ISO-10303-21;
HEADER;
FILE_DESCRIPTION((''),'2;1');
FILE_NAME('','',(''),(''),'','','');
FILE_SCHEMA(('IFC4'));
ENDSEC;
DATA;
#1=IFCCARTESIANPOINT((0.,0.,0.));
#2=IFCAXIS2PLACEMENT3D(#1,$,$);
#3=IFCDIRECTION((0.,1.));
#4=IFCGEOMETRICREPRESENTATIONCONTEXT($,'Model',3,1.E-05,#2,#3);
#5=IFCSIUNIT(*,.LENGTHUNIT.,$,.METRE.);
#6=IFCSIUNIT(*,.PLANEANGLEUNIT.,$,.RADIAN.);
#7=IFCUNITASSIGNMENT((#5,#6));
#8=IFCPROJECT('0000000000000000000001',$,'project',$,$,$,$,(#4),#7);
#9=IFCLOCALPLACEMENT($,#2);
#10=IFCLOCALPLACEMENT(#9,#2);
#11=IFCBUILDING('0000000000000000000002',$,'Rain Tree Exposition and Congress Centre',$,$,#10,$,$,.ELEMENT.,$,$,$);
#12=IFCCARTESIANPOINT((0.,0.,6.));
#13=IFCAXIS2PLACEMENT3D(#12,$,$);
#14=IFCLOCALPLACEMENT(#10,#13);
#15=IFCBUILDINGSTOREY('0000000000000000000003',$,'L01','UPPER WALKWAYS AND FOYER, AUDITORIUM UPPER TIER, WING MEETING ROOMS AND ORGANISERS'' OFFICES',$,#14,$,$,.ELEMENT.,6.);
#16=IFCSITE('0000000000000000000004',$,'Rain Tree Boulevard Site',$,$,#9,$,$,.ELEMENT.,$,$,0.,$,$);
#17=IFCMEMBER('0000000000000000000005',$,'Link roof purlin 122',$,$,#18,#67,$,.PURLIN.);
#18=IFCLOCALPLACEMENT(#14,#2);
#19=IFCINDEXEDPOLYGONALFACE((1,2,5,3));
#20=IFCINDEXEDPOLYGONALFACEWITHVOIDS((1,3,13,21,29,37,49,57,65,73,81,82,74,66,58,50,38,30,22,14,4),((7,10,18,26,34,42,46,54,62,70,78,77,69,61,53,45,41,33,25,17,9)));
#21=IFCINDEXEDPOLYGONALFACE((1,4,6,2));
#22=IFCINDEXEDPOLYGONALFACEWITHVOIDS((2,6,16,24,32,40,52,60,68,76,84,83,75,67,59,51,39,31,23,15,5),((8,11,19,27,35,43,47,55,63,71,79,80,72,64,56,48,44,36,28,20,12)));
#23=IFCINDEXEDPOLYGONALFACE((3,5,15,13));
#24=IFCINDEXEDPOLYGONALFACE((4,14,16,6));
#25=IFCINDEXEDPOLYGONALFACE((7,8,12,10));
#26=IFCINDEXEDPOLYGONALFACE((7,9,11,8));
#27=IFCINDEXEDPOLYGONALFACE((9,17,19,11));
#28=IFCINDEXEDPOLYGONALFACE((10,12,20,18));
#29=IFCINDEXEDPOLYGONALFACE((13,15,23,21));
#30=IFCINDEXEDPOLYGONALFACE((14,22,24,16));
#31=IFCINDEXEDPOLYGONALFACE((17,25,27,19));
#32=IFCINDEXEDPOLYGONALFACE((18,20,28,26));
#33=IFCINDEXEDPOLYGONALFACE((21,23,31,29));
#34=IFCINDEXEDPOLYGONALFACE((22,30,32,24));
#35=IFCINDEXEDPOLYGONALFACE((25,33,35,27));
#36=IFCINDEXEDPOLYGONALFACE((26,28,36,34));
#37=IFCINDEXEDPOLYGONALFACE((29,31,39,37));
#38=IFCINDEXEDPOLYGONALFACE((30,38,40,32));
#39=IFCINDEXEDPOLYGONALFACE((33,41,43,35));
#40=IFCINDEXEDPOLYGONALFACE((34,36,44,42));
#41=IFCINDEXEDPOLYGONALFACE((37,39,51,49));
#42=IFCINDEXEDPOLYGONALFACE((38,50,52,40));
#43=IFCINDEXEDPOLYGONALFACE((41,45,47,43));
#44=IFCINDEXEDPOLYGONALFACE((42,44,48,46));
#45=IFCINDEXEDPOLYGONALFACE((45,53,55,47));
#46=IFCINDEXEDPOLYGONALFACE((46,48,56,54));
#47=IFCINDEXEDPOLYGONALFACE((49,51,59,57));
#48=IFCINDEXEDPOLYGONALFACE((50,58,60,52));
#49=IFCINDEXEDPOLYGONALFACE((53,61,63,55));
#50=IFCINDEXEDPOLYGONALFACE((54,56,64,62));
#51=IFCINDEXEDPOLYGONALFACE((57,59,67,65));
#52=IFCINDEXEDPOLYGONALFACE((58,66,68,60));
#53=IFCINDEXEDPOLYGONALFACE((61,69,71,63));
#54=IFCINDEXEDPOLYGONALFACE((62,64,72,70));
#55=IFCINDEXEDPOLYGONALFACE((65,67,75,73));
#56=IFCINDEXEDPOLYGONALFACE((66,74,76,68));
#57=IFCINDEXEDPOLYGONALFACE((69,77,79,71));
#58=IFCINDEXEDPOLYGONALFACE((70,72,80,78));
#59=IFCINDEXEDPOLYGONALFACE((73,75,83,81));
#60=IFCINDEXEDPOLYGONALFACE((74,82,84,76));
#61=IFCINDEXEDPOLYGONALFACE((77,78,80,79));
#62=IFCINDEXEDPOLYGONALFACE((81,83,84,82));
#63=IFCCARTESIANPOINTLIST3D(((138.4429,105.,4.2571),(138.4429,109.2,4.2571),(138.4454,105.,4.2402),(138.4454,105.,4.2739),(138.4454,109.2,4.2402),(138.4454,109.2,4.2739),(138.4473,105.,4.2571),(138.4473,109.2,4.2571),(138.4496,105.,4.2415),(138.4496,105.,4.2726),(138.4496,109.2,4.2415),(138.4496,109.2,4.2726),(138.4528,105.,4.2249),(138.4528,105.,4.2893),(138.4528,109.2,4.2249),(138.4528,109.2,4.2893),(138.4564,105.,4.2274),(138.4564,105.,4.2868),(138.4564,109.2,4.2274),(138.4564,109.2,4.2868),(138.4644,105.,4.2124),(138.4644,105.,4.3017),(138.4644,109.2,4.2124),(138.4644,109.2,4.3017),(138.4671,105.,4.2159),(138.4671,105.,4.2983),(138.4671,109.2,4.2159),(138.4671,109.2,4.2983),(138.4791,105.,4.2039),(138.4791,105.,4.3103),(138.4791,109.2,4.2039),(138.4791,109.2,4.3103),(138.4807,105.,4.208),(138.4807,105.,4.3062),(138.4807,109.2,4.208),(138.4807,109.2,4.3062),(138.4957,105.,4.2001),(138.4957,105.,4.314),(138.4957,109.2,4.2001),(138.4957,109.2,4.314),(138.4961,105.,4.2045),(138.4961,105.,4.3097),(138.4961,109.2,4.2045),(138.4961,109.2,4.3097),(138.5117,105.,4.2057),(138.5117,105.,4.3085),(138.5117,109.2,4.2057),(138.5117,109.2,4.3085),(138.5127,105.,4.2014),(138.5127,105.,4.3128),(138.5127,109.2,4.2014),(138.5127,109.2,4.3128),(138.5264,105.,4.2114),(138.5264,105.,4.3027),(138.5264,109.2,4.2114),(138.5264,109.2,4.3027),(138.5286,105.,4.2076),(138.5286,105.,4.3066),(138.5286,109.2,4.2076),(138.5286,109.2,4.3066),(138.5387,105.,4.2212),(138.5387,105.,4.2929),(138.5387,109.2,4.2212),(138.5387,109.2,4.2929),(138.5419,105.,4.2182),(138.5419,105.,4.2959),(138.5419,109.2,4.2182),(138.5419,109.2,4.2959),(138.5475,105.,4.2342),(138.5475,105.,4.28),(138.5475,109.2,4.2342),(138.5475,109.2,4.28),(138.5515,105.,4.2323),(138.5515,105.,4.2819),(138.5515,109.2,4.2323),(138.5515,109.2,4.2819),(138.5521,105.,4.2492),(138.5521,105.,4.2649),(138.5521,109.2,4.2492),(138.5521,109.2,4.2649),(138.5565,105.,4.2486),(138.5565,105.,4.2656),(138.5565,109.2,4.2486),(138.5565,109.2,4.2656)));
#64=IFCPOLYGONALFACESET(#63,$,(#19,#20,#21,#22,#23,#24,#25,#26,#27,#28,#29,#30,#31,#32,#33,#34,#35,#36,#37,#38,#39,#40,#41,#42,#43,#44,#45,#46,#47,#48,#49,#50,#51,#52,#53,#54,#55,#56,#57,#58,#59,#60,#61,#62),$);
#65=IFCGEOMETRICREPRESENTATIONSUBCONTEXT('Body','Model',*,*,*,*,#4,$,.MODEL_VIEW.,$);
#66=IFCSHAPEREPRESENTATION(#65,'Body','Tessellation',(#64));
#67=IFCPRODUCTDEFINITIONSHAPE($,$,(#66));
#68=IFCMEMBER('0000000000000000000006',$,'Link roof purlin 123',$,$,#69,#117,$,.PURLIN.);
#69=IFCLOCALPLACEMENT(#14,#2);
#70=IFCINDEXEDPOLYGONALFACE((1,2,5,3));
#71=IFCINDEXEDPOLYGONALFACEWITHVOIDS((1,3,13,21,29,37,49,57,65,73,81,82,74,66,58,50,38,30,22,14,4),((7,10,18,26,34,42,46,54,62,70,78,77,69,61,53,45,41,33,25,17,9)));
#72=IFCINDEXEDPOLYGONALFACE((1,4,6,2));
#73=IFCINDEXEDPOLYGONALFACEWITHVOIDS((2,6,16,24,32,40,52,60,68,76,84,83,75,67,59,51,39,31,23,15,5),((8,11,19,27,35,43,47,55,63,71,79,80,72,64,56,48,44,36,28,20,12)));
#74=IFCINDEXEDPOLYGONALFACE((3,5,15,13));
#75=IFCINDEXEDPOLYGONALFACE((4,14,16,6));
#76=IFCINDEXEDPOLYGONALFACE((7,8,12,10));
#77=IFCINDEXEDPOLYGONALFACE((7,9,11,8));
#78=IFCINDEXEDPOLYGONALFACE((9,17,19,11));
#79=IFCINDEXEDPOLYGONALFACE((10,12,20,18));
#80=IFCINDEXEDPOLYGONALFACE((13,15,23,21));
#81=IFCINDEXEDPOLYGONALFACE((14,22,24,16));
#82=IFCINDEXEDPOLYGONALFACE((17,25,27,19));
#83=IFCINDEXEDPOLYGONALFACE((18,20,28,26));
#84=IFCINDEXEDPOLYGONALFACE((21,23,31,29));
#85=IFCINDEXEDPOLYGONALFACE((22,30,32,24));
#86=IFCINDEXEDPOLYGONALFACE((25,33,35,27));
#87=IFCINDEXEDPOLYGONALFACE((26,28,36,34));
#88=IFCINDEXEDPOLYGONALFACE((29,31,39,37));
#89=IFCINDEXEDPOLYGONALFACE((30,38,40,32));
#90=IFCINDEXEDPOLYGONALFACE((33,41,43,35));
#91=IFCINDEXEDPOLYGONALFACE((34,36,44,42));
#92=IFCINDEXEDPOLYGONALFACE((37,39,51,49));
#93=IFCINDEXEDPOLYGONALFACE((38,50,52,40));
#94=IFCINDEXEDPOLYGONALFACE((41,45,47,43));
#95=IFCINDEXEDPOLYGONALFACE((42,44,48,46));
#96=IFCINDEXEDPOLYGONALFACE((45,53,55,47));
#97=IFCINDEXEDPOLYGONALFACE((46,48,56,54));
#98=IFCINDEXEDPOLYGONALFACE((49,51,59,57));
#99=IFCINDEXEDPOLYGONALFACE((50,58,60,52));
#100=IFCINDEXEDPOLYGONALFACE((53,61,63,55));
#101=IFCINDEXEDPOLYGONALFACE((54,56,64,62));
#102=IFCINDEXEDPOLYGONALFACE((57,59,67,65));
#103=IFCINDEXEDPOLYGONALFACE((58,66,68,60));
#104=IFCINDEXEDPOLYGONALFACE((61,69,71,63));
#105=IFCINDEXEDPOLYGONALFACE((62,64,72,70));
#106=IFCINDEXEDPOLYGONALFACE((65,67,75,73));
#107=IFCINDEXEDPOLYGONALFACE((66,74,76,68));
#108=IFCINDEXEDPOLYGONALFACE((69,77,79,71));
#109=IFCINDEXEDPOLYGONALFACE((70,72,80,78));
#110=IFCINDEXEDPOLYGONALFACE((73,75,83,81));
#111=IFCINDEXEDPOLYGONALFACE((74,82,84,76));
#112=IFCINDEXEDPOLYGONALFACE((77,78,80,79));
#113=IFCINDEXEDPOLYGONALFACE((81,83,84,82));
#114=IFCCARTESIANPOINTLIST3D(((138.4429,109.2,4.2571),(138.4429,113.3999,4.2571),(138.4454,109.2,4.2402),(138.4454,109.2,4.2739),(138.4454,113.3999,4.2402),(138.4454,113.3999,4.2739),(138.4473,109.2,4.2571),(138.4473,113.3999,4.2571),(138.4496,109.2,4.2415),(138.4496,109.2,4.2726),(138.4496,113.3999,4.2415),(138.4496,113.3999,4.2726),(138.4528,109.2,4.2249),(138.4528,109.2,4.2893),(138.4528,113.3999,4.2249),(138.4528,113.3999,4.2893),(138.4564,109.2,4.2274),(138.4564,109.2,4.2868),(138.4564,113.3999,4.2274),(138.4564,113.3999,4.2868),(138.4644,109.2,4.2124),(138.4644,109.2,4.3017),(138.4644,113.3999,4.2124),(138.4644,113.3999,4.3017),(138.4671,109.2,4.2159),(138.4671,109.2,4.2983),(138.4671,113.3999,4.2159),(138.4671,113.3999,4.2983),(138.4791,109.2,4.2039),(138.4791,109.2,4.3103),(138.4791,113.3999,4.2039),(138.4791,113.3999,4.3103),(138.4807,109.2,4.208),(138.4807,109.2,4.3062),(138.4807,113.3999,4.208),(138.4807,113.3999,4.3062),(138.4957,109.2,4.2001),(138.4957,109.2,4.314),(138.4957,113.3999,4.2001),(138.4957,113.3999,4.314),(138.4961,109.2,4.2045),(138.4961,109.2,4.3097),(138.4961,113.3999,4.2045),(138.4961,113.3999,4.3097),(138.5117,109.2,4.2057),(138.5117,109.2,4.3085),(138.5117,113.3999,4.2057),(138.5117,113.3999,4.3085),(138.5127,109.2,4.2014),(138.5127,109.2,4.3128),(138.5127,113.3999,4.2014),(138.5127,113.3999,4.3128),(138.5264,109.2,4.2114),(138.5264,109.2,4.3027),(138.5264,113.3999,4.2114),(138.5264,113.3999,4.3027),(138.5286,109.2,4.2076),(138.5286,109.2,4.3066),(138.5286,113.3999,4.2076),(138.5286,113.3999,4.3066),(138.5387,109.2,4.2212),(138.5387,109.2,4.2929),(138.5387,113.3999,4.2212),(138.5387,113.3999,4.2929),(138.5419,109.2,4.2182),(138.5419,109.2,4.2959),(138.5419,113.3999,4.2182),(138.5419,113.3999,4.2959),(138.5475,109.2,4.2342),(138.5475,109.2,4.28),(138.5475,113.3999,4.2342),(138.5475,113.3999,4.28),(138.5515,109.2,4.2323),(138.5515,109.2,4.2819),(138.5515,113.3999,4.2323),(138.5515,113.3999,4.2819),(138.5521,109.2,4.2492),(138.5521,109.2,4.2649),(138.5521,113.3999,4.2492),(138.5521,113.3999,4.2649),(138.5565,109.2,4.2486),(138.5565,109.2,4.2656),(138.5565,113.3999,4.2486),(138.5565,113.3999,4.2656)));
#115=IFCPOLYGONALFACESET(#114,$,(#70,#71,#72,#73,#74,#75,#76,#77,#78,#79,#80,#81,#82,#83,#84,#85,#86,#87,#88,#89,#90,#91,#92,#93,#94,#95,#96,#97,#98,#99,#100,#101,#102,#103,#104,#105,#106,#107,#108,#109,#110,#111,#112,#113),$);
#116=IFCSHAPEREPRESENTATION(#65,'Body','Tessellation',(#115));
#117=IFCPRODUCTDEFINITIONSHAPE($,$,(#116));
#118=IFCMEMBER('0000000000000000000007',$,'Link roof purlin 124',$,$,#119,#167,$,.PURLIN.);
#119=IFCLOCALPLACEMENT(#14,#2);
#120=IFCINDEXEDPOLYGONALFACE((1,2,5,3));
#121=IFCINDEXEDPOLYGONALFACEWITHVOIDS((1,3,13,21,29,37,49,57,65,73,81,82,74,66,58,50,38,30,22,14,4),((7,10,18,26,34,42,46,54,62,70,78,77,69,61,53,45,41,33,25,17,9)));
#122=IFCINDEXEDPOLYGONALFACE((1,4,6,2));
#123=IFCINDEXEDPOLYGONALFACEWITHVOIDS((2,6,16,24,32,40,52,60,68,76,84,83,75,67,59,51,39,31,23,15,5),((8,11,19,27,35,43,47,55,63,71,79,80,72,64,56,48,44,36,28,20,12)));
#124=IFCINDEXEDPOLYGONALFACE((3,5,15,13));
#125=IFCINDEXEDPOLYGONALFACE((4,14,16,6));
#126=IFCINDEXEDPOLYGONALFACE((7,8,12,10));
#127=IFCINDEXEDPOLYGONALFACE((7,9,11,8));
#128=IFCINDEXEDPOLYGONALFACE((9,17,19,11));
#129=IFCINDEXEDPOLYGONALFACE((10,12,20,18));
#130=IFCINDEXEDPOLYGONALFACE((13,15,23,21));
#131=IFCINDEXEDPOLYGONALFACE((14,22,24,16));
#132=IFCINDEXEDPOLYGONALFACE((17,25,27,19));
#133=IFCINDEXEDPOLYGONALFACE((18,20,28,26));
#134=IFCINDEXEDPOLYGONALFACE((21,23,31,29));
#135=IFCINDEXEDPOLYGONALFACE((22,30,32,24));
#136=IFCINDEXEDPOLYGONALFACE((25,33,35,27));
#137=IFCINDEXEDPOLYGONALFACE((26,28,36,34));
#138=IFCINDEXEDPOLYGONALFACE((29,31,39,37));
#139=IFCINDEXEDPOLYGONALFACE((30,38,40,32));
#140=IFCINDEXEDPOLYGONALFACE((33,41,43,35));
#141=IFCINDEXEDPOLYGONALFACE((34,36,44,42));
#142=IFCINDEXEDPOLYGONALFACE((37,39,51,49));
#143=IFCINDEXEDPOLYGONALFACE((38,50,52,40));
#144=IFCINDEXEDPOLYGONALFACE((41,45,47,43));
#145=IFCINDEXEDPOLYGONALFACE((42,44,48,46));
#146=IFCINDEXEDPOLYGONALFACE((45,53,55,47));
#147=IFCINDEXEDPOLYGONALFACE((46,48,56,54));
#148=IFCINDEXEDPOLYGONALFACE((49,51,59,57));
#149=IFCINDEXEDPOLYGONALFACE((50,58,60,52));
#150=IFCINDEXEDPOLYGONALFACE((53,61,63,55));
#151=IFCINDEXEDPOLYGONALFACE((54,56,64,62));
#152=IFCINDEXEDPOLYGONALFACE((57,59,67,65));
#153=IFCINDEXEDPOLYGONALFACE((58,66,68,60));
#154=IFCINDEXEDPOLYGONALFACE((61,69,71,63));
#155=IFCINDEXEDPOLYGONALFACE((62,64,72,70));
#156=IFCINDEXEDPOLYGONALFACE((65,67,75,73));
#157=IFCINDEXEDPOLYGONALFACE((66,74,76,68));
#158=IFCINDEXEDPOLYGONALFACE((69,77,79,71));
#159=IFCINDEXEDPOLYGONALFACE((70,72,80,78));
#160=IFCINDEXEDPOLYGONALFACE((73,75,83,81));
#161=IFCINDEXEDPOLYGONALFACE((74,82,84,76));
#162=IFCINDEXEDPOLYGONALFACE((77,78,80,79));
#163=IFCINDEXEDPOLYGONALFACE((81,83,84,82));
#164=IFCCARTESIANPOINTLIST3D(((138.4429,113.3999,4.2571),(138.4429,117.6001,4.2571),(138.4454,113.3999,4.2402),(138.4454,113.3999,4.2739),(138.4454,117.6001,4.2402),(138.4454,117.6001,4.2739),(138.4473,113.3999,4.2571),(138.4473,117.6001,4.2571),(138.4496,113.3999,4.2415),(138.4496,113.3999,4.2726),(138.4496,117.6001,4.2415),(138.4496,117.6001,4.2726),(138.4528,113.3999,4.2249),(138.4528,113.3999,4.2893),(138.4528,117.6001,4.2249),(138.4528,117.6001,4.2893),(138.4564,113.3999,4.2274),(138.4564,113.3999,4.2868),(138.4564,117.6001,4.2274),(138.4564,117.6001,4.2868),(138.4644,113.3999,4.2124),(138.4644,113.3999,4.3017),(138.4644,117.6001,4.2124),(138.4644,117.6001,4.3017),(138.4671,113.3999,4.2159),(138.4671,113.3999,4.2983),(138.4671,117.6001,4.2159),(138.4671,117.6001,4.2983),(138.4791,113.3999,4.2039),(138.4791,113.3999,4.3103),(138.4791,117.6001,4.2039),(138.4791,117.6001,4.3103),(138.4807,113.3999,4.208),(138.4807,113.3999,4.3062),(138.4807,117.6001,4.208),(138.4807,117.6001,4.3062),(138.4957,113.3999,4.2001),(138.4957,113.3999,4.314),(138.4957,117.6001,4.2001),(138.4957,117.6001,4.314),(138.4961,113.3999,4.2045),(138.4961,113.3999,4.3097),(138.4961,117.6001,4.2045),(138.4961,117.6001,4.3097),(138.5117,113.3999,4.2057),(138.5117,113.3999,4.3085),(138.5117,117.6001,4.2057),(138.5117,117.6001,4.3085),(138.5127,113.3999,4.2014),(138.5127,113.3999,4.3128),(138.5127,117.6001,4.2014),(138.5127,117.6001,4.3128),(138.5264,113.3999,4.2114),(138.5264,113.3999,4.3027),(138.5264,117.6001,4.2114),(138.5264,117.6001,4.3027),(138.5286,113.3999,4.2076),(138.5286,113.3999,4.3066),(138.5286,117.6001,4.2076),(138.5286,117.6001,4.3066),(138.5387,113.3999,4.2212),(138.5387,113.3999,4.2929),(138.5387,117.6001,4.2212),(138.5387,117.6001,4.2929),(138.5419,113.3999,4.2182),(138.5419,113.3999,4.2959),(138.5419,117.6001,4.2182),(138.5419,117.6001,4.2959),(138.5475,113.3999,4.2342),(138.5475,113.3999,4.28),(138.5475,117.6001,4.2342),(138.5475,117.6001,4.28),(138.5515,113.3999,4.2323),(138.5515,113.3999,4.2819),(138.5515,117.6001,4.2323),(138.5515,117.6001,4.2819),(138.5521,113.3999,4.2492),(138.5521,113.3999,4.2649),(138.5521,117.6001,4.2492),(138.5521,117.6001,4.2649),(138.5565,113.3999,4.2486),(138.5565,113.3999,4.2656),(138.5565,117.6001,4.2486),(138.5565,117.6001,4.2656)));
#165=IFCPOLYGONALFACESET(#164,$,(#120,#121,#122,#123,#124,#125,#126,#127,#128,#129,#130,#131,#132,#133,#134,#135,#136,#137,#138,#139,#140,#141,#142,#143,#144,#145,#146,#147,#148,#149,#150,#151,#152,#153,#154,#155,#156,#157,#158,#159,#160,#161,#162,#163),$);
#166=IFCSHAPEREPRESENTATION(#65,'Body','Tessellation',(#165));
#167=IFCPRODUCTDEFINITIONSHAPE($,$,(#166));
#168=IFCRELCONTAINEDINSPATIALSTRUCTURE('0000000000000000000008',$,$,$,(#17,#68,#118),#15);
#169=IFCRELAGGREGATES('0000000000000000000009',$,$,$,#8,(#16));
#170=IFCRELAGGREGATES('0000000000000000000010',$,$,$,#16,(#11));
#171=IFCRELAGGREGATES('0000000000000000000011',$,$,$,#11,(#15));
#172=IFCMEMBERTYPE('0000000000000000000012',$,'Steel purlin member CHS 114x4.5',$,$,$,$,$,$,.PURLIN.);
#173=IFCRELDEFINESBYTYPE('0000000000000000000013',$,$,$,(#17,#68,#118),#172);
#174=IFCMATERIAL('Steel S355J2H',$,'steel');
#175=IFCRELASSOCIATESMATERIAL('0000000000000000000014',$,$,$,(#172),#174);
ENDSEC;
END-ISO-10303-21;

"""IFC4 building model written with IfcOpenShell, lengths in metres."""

from ifc_helpers import new_model, si_unit, direction, frame, origin, origin_2d, place, context, subcontext, project, spatial, hollow_circle, extrude, material, material_profile, profile_set, type_object, element, save


model = new_model("IFC4")

# Units and contexts
model_context = context("Model", 3, precision=1e-05, world=origin(), true_north=direction((0.0, 1.0)))
body_context = subcontext(model_context, "Body", "Model", "MODEL_VIEW")
ifc_project = project(units=[si_unit("LENGTHUNIT", "METRE"), si_unit("PLANEANGLEUNIT", "RADIAN")], contexts=[model_context])

# Site, building, storey
site_placement = place(None, origin())
site = spatial("IfcSite", under=ifc_project, at=site_placement, Name="Rain Tree Boulevard Site", CompositionType="ELEMENT", RefElevation=0.0)
building_placement = place(site_placement, origin())
building = spatial("IfcBuilding", under=site, at=building_placement, Name="Rain Tree Exposition and Congress Centre", CompositionType="ELEMENT")
storey_placement = place(building_placement, frame((0.0, 0.0, 6.0)))
storey = spatial("IfcBuildingStorey", under=building, at=storey_placement, Name="L01", Description="UPPER WALKWAYS AND FOYER, AUDITORIUM UPPER TIER, WING MEETING ROOMS AND ORGANISERS' OFFICES", CompositionType="ELEMENT", Elevation=6.0)

# Members
ifc_material_1 = material(Name="Steel S355J2H", Category="steel")
ifc_material_profile = material_profile(ifc_material_1, hollow_circle(Radius=0.0571, WallThickness=0.0044, at=origin_2d()), Name="CHS 114x4.5")
ifc_profile_set = profile_set([ifc_material_profile], Name="Steel S355J2H")
member_type = type_object("IfcMemberType", Name="Steel purlin member CHS 114x4.5", PredefinedType="PURLIN", material=ifc_profile_set)
for number, where, z_axis, x_axis, name in (
    (1, (138.5, 105.0, 4.2571), (0.0, 1.0, 0.0), (-1.0, 0.0, 0.0), "Link roof purlin 122"),
    (2, (138.5, 109.2, 4.2571), (0.0, 1.0, 0.0), (-1.0, 0.0, 0.0), "Link roof purlin 123"),
):
    element("IfcMember", number, at=place(storey_placement, frame(where, z_axis=z_axis, x_axis=x_axis)), inside=storey, type_object=member_type, Name=name, PredefinedType="PURLIN", context=body_context, shape_type="SweptSolid", body=[
        extrude(hollow_circle(Radius=0.0571, WallThickness=0.0044, at=origin_2d()), origin(), (0.0, 0.0, 1.0), 4.2),
    ])
member_1_placement = place(storey_placement, frame((138.5, 113.3999, 4.2571), z_axis=(0.0, 1.0, 0.0), x_axis=(-1.0, 0.0, 0.0)))
element("IfcMember", 3, at=member_1_placement, inside=storey, type_object=member_type, Name="Link roof purlin 124", PredefinedType="PURLIN", context=body_context, shape_type="SweptSolid", body=[
    extrude(hollow_circle(Radius=0.0571, WallThickness=0.0044, at=origin_2d()), origin(), (0.0, 0.0, 1.0), 4.2002),
])

save(model, "model.ifc")
